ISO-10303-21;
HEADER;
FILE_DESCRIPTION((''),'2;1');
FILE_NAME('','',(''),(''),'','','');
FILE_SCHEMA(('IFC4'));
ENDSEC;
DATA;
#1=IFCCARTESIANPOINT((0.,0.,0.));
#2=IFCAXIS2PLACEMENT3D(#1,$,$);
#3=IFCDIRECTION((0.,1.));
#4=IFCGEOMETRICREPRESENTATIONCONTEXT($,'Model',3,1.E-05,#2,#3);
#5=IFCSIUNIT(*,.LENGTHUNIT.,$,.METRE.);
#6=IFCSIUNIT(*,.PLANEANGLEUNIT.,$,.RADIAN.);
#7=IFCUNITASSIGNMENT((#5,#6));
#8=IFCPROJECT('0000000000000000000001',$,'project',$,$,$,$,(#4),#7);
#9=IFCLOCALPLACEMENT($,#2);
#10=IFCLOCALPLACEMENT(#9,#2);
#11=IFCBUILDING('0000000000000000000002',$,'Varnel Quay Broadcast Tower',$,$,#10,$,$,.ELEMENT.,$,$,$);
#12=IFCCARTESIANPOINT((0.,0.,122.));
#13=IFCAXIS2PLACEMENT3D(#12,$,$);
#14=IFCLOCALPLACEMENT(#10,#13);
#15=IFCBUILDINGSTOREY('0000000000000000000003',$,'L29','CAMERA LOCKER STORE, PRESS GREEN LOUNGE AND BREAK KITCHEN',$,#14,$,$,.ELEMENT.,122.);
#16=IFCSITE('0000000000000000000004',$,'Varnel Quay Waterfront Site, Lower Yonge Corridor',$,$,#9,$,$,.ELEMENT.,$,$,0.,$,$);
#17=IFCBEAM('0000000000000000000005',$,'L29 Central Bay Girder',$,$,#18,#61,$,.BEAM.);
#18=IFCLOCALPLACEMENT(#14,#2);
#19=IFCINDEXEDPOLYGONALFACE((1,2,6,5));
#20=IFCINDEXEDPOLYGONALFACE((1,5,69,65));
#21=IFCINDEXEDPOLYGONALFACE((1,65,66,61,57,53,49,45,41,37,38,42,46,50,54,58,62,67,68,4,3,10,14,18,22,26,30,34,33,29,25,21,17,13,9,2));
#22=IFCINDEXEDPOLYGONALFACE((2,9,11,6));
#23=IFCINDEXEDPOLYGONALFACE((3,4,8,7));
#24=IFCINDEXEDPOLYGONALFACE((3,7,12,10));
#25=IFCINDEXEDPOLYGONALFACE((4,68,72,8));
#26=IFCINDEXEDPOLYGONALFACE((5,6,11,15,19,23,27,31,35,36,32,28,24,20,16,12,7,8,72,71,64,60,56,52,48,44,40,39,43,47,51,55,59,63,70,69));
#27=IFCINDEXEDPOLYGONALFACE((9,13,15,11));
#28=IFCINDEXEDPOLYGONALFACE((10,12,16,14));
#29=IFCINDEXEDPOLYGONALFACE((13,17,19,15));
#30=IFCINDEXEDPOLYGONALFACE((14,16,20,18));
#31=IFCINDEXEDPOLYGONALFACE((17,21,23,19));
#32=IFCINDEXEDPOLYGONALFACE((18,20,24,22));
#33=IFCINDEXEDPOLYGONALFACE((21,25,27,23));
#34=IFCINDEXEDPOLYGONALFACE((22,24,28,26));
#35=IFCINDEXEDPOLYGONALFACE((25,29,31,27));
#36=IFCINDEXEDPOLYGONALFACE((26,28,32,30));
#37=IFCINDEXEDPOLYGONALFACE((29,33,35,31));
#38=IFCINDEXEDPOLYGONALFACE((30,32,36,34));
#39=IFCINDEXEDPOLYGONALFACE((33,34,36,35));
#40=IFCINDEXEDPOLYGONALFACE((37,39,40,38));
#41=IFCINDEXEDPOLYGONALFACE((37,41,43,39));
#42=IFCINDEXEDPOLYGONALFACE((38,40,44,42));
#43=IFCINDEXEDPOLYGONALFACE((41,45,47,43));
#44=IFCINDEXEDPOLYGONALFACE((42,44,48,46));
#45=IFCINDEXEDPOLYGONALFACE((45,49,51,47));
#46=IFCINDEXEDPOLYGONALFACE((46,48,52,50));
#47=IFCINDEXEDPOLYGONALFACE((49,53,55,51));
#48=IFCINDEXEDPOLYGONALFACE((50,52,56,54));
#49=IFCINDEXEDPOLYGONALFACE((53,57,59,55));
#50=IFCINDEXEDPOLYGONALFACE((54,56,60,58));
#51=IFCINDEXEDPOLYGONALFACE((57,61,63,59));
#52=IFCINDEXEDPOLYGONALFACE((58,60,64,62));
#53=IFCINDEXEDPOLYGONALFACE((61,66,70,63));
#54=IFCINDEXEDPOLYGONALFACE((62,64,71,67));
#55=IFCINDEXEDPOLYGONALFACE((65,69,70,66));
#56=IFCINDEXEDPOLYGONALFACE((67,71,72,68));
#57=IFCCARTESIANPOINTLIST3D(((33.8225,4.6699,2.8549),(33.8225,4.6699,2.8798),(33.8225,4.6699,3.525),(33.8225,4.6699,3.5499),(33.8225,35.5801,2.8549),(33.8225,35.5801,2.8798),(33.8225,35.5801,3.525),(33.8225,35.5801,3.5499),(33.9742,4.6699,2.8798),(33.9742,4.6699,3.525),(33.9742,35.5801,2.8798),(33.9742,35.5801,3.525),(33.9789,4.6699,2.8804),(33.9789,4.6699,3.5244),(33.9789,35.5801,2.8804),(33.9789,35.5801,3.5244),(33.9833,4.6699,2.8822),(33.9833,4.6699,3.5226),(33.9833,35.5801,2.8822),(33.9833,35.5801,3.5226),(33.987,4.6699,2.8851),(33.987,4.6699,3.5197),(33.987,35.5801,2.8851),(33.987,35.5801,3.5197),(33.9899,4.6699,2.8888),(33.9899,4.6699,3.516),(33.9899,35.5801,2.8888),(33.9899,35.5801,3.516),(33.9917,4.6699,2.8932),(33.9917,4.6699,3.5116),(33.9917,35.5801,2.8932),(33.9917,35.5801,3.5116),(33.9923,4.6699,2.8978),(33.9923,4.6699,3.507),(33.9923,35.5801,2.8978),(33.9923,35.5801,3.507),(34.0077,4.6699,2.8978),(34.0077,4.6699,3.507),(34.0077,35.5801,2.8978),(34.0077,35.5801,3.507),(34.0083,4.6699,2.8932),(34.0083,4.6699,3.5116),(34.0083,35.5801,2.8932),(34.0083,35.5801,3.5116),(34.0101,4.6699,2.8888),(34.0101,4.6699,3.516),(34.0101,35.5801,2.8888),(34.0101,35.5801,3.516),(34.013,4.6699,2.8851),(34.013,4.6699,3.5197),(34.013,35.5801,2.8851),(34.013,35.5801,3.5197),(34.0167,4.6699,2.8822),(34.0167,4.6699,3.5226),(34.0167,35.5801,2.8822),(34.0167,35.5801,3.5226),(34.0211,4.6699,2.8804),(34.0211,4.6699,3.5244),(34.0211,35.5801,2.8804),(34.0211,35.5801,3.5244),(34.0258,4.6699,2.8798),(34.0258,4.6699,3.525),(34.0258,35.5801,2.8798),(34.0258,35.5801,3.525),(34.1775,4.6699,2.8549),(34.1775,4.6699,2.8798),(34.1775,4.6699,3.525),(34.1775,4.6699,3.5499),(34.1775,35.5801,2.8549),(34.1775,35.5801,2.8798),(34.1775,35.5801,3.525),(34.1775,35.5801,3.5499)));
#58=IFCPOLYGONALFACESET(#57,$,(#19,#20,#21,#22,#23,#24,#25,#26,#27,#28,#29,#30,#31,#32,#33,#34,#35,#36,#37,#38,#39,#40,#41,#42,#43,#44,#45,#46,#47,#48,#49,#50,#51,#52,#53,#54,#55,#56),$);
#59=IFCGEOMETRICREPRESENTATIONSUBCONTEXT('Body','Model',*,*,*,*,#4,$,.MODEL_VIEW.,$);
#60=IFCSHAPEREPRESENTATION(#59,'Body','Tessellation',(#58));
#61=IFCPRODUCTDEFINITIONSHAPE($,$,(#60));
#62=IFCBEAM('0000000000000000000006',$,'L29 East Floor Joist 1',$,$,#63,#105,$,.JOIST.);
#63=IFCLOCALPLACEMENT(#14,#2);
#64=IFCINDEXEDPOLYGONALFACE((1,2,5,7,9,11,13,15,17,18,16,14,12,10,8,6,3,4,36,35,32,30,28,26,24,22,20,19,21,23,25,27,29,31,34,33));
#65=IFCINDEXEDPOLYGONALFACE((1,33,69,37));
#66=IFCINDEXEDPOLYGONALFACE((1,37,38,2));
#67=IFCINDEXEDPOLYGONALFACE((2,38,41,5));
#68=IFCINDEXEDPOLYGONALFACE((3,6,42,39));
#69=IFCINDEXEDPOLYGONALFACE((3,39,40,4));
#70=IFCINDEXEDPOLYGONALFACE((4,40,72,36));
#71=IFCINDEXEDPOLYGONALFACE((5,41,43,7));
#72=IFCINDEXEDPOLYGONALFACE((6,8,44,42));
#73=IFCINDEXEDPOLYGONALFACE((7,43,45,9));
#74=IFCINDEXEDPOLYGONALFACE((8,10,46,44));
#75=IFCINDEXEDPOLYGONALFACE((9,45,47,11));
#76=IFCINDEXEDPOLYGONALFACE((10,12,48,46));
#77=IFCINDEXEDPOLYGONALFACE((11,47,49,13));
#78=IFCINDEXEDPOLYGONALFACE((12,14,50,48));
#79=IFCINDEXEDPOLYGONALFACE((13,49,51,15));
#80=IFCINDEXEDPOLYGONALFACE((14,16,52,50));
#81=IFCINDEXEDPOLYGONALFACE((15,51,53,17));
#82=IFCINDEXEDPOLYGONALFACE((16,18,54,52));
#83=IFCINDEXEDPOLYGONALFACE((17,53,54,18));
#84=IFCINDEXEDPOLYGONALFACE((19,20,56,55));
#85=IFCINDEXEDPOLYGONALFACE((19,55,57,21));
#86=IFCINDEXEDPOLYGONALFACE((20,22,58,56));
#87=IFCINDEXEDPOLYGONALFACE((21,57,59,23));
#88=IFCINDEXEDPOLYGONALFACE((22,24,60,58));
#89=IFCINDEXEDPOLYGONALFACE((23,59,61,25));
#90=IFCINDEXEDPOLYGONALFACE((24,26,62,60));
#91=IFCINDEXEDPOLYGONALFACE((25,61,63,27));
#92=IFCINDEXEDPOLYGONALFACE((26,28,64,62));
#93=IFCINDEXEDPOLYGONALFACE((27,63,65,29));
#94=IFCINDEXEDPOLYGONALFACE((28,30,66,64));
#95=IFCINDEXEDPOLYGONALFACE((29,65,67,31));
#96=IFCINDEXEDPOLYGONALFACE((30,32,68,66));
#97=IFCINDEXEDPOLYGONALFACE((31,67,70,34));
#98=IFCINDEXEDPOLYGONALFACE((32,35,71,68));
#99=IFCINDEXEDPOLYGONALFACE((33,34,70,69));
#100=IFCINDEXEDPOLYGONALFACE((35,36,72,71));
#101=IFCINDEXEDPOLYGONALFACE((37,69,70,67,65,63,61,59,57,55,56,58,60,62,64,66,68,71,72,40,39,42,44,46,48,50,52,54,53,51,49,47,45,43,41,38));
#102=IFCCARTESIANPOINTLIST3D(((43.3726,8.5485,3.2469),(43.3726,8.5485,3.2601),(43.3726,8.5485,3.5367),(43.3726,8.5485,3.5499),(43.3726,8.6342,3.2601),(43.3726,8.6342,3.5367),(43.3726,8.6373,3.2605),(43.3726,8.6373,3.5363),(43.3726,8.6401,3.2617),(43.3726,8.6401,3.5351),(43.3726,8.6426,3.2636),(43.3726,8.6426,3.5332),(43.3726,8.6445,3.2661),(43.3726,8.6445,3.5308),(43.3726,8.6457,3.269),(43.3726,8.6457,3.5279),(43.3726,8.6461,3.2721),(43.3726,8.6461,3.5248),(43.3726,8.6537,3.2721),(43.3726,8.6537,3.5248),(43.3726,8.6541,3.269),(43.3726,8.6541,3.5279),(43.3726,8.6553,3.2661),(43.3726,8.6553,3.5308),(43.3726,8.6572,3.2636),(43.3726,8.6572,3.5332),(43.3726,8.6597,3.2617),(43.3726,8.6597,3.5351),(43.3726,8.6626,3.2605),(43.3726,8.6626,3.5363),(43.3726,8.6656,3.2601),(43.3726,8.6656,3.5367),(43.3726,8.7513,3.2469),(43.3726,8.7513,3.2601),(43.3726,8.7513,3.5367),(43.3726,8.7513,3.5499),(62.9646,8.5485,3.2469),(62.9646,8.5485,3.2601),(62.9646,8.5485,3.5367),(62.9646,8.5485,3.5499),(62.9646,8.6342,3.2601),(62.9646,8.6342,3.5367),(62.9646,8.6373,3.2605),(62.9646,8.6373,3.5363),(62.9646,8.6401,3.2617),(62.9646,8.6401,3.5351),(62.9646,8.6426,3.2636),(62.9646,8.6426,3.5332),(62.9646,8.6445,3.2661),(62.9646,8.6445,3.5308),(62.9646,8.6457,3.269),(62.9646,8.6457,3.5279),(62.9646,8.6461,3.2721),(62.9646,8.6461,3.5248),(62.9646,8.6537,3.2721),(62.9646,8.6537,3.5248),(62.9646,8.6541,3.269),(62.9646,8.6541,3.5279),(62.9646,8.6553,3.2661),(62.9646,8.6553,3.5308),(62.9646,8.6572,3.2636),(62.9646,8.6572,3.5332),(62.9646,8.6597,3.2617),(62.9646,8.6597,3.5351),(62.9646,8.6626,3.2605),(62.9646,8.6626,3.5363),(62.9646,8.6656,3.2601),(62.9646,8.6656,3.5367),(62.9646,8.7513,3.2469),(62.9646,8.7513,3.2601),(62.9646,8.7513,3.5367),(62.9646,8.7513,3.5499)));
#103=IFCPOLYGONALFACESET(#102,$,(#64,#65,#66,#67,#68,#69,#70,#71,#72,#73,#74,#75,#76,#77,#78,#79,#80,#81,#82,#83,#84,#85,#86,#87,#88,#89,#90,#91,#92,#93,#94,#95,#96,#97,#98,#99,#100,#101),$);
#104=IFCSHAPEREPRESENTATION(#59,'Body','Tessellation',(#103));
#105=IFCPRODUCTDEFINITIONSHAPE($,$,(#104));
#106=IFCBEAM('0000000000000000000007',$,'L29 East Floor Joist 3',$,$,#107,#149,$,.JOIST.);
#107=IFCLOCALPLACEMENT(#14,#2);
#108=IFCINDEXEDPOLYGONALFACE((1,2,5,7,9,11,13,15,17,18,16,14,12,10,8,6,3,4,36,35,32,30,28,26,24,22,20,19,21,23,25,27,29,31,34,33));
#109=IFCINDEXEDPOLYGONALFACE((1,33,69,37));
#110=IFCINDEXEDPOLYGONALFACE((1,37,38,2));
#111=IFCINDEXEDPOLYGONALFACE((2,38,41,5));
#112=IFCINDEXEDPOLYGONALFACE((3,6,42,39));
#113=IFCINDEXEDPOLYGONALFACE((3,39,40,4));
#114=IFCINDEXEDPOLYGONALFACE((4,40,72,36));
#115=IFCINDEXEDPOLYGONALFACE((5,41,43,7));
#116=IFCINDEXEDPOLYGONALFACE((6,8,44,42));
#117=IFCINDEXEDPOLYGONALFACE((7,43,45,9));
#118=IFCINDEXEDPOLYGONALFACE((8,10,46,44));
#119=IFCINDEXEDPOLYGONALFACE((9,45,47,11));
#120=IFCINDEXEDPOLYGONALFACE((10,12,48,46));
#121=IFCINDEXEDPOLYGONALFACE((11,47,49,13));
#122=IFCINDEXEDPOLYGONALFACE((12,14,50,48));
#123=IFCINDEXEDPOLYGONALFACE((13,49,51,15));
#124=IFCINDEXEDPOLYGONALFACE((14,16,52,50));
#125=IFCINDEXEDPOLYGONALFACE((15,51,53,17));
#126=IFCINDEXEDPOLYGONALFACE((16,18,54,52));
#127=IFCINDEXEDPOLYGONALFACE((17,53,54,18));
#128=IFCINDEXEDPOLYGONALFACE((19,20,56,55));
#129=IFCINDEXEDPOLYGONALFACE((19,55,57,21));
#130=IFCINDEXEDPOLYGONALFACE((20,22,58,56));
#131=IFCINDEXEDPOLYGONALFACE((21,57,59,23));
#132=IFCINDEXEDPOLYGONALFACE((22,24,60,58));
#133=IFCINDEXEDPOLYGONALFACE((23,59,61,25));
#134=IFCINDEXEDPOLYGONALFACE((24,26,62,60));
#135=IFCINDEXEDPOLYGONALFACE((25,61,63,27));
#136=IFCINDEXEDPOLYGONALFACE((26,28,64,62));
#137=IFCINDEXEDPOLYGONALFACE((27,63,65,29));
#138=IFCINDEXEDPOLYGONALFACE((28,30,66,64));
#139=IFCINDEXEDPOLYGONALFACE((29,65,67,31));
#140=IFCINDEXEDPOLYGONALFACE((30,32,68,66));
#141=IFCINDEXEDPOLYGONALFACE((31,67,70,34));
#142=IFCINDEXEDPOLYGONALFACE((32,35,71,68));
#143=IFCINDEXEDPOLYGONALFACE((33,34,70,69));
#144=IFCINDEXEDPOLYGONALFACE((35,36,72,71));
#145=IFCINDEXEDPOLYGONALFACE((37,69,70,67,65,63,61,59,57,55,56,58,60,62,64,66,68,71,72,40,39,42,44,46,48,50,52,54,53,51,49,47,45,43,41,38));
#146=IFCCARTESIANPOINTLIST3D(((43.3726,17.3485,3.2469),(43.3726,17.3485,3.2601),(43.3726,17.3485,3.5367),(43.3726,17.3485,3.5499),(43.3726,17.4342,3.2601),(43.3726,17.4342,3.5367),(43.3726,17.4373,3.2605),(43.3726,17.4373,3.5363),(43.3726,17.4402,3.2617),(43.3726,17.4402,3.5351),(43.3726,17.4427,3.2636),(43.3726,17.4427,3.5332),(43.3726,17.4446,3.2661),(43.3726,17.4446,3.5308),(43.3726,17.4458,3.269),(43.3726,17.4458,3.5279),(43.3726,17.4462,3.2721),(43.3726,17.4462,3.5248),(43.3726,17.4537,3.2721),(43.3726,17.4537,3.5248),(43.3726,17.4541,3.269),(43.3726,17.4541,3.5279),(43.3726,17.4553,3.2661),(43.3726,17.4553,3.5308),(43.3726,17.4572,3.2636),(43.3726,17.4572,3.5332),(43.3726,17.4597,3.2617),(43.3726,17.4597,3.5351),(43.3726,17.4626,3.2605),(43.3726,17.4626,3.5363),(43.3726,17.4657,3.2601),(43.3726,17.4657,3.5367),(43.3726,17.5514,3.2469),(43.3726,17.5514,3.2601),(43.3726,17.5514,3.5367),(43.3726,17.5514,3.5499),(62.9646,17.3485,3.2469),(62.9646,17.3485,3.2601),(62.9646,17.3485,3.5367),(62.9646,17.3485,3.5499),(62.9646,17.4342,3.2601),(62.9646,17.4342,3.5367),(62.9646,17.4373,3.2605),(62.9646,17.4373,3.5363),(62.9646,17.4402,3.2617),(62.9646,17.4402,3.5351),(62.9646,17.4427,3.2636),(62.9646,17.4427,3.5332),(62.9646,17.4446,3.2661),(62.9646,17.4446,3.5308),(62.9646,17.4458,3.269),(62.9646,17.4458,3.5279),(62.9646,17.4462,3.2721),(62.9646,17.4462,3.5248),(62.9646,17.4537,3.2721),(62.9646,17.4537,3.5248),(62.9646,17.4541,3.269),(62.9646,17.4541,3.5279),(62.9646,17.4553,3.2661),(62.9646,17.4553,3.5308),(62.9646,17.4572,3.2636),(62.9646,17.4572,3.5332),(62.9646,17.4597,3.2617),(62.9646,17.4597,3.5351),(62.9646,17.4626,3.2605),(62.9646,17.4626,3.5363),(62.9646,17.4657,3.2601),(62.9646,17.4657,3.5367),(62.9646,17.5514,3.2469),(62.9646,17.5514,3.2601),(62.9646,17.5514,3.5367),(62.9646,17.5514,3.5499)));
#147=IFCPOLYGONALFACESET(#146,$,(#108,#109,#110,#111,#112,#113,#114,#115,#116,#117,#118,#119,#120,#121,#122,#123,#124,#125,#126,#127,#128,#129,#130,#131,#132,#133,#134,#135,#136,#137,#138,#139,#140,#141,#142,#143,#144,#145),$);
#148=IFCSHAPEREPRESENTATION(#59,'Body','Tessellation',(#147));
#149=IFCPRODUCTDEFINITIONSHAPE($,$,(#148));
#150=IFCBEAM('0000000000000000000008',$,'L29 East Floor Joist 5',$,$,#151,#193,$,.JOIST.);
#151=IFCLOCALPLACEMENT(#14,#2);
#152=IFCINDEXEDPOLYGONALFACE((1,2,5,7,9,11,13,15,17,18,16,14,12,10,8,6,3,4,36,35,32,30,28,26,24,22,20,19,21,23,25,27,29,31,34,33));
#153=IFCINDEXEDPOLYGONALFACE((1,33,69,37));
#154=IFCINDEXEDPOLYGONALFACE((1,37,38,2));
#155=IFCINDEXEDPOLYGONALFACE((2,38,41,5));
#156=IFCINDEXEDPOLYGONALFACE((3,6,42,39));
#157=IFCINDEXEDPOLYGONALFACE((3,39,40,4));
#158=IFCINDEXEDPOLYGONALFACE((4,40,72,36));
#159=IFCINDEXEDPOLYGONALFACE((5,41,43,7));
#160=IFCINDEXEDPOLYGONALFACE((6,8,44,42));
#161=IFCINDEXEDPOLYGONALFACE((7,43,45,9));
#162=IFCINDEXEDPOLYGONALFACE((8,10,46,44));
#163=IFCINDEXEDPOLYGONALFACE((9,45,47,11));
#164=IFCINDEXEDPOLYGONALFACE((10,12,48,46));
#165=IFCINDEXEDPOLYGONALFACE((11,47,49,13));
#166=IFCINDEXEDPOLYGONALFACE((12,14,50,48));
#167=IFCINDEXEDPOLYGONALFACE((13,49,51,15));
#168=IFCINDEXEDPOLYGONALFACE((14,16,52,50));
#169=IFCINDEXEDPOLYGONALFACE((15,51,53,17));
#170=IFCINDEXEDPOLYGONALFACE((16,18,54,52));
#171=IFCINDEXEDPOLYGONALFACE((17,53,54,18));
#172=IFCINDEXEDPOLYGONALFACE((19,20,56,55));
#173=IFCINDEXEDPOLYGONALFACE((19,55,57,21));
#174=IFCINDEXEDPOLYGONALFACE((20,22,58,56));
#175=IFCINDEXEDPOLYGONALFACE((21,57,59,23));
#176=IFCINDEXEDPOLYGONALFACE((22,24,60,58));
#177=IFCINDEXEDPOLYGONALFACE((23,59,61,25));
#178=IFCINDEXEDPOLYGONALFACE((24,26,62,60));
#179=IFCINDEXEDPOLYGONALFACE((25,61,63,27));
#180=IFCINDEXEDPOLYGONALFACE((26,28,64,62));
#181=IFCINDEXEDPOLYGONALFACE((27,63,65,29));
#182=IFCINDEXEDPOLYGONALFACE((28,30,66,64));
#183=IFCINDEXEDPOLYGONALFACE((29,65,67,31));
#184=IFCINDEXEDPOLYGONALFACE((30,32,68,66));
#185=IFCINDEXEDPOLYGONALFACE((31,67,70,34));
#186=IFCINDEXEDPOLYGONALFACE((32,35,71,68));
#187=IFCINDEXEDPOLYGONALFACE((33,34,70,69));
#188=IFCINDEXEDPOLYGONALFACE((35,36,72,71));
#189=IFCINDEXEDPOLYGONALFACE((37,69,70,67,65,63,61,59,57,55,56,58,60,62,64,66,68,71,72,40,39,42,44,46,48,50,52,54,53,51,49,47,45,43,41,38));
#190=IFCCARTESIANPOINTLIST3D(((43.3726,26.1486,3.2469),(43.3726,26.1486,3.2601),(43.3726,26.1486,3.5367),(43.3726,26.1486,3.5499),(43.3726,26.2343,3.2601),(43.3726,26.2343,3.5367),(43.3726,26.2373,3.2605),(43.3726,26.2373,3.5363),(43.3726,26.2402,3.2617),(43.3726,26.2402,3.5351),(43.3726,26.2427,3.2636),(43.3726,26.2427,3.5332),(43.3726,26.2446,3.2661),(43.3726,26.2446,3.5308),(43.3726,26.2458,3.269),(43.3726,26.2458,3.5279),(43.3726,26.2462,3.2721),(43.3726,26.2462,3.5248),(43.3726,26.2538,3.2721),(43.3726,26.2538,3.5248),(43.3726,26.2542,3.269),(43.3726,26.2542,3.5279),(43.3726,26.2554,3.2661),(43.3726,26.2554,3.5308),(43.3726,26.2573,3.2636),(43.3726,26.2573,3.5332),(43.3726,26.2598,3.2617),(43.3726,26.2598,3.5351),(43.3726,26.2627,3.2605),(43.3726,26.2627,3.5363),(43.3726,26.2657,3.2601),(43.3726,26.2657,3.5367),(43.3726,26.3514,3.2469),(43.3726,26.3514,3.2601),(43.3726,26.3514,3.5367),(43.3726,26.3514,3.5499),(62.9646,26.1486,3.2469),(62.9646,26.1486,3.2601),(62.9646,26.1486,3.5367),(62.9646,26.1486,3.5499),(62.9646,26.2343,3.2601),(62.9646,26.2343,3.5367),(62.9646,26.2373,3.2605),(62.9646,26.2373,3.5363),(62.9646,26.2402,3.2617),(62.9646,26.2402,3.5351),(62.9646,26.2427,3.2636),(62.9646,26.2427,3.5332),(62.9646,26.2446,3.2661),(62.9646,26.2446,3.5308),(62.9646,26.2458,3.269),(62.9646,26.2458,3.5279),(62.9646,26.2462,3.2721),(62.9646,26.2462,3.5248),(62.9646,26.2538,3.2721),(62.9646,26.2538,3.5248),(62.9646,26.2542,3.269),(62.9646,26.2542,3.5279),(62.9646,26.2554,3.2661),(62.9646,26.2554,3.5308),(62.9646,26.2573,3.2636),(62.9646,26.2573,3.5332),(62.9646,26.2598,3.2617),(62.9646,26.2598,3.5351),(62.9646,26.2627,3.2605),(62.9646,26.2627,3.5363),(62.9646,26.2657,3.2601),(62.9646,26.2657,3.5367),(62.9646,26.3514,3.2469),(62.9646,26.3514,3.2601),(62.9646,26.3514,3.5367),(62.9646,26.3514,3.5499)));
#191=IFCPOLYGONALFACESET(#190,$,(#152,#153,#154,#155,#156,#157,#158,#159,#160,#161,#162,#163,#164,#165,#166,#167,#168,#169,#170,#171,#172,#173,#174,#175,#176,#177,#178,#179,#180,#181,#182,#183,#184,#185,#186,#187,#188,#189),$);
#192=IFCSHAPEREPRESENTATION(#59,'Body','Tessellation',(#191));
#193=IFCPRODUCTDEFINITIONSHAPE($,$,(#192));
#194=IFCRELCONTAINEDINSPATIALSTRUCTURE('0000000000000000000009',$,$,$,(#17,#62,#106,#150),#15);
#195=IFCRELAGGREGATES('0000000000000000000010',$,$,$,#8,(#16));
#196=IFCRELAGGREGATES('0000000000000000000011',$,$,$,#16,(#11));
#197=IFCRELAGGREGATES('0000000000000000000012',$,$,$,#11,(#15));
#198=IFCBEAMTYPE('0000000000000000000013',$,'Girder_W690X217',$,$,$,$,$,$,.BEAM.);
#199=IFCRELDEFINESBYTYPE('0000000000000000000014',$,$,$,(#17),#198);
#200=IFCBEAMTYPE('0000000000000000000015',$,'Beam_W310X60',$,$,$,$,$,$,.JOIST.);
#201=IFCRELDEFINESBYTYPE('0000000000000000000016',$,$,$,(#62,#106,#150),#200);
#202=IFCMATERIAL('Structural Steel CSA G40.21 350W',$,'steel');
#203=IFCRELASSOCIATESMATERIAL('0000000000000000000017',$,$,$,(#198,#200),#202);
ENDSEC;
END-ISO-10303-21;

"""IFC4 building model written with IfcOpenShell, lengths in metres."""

from ifc_helpers import new_model, si_unit, direction, frame, origin, origin_2d, place, context, subcontext, project, spatial, i_section, extrude, source, transform, mapped, material, material_profile, profile_set, type_object, element, save


model = new_model("IFC4")

# Units and contexts
model_context = context("Model", 3, precision=1e-05, world=origin(), true_north=direction((0.0, 1.0)))
body_context = subcontext(model_context, "Body", "Model", "MODEL_VIEW")
ifc_project = project(units=[si_unit("LENGTHUNIT", "METRE"), si_unit("PLANEANGLEUNIT", "RADIAN")], contexts=[model_context])

# Site, building, storey
site_placement = place(None, origin())
site = spatial("IfcSite", under=ifc_project, at=site_placement, Name="Varnel Quay Waterfront Site, Lower Yonge Corridor", CompositionType="ELEMENT", RefElevation=0.0)
building_placement = place(site_placement, origin())
building = spatial("IfcBuilding", under=site, at=building_placement, Name="Varnel Quay Broadcast Tower", CompositionType="ELEMENT")
storey_placement = place(building_placement, frame((0.0, 0.0, 122.0)))
storey = spatial("IfcBuildingStorey", under=building, at=storey_placement, Name="L29", Description="CAMERA LOCKER STORE, PRESS GREEN LOUNGE AND BREAK KITCHEN", CompositionType="ELEMENT", Elevation=122.0)

# Shared definitions
ifc_material_1 = material(Name="Structural Steel CSA G40.21 350W", Category="steel")

# Beams
ifc_material_profile_1 = material_profile(ifc_material_1, i_section(OverallWidth=0.355, OverallDepth=0.6951, WebThickness=0.0154, FlangeThickness=0.0249, FilletRadius=0.0181, at=origin_2d()), Name="W690X217")
ifc_profile_set_1 = profile_set([ifc_material_profile_1], Name="Structural Steel CSA G40.21 350W")
beam_type_1 = type_object("IfcBeamType", Name="Girder_W690X217", PredefinedType="BEAM", material=ifc_profile_set_1)
shared_shape_1 = source(origin(), body_context, "Body", "SweptSolid", [
    extrude(i_section(OverallWidth=0.355, OverallDepth=0.6951, WebThickness=0.0154, FlangeThickness=0.0249, FilletRadius=0.0181, at=origin_2d()), origin(), (0.0, 0.0, 1.0), 30.9102),
])
beam_1_placement = place(storey_placement, frame((34.0, 4.6699, 3.2024), z_axis=(0.0, 1.0, 0.0), x_axis=(-1.0, 0.0, 0.0)))
element("IfcBeam", 1, at=beam_1_placement, inside=storey, type_object=beam_type_1, Name="L29 Central Bay Girder", PredefinedType="BEAM", context=body_context, shape_type="MappedRepresentation", body=[
    mapped(shared_shape_1, transform((0.0, 0.0, 0.0), x_axis=(1.0, 0.0, 0.0), y_axis=(0.0, 1.0, 0.0), z_axis=(0.0, 0.0, 1.0), scale=1.0)),
])
ifc_material_profile_2 = material_profile(ifc_material_1, i_section(OverallWidth=0.2029, OverallDepth=0.303, WebThickness=0.0076, FlangeThickness=0.0132, FilletRadius=0.012, at=origin_2d()), Name="W310X60")
ifc_profile_set_2 = profile_set([ifc_material_profile_2], Name="Structural Steel CSA G40.21 350W")
beam_type_2 = type_object("IfcBeamType", Name="Beam_W310X60", PredefinedType="JOIST", material=ifc_profile_set_2)
shared_shape_2 = source(origin(), body_context, "Body", "SweptSolid", [
    extrude(i_section(OverallWidth=0.2029, OverallDepth=0.303, WebThickness=0.0076, FlangeThickness=0.0132, FilletRadius=0.012, at=origin_2d()), origin(), (0.0, 0.0, 1.0), 19.592),
])
for number, where, z_axis, x_axis, name in (
    (2, (43.3726, 8.6499, 3.3984), (1.0, 0.0, 0.0), (0.0, 1.0, 0.0), "L29 East Floor Joist 1"),
    (3, (43.3726, 17.45, 3.3984), (1.0, 0.0, 0.0), (0.0, 1.0, 0.0), "L29 East Floor Joist 3"),
    (4, (43.3726, 26.25, 3.3984), (1.0, 0.0, 0.0), (0.0, 1.0, 0.0), "L29 East Floor Joist 5"),
):
    element("IfcBeam", number, at=place(storey_placement, frame(where, z_axis=z_axis, x_axis=x_axis)), inside=storey, type_object=beam_type_2, Name=name, PredefinedType="JOIST", context=body_context, shape_type="MappedRepresentation", body=[
        mapped(shared_shape_2, transform((0.0, 0.0, 0.0), x_axis=(1.0, 0.0, 0.0), y_axis=(0.0, 1.0, 0.0), z_axis=(0.0, 0.0, 1.0), scale=1.0)),
    ])

save(model, "model.ifc")
